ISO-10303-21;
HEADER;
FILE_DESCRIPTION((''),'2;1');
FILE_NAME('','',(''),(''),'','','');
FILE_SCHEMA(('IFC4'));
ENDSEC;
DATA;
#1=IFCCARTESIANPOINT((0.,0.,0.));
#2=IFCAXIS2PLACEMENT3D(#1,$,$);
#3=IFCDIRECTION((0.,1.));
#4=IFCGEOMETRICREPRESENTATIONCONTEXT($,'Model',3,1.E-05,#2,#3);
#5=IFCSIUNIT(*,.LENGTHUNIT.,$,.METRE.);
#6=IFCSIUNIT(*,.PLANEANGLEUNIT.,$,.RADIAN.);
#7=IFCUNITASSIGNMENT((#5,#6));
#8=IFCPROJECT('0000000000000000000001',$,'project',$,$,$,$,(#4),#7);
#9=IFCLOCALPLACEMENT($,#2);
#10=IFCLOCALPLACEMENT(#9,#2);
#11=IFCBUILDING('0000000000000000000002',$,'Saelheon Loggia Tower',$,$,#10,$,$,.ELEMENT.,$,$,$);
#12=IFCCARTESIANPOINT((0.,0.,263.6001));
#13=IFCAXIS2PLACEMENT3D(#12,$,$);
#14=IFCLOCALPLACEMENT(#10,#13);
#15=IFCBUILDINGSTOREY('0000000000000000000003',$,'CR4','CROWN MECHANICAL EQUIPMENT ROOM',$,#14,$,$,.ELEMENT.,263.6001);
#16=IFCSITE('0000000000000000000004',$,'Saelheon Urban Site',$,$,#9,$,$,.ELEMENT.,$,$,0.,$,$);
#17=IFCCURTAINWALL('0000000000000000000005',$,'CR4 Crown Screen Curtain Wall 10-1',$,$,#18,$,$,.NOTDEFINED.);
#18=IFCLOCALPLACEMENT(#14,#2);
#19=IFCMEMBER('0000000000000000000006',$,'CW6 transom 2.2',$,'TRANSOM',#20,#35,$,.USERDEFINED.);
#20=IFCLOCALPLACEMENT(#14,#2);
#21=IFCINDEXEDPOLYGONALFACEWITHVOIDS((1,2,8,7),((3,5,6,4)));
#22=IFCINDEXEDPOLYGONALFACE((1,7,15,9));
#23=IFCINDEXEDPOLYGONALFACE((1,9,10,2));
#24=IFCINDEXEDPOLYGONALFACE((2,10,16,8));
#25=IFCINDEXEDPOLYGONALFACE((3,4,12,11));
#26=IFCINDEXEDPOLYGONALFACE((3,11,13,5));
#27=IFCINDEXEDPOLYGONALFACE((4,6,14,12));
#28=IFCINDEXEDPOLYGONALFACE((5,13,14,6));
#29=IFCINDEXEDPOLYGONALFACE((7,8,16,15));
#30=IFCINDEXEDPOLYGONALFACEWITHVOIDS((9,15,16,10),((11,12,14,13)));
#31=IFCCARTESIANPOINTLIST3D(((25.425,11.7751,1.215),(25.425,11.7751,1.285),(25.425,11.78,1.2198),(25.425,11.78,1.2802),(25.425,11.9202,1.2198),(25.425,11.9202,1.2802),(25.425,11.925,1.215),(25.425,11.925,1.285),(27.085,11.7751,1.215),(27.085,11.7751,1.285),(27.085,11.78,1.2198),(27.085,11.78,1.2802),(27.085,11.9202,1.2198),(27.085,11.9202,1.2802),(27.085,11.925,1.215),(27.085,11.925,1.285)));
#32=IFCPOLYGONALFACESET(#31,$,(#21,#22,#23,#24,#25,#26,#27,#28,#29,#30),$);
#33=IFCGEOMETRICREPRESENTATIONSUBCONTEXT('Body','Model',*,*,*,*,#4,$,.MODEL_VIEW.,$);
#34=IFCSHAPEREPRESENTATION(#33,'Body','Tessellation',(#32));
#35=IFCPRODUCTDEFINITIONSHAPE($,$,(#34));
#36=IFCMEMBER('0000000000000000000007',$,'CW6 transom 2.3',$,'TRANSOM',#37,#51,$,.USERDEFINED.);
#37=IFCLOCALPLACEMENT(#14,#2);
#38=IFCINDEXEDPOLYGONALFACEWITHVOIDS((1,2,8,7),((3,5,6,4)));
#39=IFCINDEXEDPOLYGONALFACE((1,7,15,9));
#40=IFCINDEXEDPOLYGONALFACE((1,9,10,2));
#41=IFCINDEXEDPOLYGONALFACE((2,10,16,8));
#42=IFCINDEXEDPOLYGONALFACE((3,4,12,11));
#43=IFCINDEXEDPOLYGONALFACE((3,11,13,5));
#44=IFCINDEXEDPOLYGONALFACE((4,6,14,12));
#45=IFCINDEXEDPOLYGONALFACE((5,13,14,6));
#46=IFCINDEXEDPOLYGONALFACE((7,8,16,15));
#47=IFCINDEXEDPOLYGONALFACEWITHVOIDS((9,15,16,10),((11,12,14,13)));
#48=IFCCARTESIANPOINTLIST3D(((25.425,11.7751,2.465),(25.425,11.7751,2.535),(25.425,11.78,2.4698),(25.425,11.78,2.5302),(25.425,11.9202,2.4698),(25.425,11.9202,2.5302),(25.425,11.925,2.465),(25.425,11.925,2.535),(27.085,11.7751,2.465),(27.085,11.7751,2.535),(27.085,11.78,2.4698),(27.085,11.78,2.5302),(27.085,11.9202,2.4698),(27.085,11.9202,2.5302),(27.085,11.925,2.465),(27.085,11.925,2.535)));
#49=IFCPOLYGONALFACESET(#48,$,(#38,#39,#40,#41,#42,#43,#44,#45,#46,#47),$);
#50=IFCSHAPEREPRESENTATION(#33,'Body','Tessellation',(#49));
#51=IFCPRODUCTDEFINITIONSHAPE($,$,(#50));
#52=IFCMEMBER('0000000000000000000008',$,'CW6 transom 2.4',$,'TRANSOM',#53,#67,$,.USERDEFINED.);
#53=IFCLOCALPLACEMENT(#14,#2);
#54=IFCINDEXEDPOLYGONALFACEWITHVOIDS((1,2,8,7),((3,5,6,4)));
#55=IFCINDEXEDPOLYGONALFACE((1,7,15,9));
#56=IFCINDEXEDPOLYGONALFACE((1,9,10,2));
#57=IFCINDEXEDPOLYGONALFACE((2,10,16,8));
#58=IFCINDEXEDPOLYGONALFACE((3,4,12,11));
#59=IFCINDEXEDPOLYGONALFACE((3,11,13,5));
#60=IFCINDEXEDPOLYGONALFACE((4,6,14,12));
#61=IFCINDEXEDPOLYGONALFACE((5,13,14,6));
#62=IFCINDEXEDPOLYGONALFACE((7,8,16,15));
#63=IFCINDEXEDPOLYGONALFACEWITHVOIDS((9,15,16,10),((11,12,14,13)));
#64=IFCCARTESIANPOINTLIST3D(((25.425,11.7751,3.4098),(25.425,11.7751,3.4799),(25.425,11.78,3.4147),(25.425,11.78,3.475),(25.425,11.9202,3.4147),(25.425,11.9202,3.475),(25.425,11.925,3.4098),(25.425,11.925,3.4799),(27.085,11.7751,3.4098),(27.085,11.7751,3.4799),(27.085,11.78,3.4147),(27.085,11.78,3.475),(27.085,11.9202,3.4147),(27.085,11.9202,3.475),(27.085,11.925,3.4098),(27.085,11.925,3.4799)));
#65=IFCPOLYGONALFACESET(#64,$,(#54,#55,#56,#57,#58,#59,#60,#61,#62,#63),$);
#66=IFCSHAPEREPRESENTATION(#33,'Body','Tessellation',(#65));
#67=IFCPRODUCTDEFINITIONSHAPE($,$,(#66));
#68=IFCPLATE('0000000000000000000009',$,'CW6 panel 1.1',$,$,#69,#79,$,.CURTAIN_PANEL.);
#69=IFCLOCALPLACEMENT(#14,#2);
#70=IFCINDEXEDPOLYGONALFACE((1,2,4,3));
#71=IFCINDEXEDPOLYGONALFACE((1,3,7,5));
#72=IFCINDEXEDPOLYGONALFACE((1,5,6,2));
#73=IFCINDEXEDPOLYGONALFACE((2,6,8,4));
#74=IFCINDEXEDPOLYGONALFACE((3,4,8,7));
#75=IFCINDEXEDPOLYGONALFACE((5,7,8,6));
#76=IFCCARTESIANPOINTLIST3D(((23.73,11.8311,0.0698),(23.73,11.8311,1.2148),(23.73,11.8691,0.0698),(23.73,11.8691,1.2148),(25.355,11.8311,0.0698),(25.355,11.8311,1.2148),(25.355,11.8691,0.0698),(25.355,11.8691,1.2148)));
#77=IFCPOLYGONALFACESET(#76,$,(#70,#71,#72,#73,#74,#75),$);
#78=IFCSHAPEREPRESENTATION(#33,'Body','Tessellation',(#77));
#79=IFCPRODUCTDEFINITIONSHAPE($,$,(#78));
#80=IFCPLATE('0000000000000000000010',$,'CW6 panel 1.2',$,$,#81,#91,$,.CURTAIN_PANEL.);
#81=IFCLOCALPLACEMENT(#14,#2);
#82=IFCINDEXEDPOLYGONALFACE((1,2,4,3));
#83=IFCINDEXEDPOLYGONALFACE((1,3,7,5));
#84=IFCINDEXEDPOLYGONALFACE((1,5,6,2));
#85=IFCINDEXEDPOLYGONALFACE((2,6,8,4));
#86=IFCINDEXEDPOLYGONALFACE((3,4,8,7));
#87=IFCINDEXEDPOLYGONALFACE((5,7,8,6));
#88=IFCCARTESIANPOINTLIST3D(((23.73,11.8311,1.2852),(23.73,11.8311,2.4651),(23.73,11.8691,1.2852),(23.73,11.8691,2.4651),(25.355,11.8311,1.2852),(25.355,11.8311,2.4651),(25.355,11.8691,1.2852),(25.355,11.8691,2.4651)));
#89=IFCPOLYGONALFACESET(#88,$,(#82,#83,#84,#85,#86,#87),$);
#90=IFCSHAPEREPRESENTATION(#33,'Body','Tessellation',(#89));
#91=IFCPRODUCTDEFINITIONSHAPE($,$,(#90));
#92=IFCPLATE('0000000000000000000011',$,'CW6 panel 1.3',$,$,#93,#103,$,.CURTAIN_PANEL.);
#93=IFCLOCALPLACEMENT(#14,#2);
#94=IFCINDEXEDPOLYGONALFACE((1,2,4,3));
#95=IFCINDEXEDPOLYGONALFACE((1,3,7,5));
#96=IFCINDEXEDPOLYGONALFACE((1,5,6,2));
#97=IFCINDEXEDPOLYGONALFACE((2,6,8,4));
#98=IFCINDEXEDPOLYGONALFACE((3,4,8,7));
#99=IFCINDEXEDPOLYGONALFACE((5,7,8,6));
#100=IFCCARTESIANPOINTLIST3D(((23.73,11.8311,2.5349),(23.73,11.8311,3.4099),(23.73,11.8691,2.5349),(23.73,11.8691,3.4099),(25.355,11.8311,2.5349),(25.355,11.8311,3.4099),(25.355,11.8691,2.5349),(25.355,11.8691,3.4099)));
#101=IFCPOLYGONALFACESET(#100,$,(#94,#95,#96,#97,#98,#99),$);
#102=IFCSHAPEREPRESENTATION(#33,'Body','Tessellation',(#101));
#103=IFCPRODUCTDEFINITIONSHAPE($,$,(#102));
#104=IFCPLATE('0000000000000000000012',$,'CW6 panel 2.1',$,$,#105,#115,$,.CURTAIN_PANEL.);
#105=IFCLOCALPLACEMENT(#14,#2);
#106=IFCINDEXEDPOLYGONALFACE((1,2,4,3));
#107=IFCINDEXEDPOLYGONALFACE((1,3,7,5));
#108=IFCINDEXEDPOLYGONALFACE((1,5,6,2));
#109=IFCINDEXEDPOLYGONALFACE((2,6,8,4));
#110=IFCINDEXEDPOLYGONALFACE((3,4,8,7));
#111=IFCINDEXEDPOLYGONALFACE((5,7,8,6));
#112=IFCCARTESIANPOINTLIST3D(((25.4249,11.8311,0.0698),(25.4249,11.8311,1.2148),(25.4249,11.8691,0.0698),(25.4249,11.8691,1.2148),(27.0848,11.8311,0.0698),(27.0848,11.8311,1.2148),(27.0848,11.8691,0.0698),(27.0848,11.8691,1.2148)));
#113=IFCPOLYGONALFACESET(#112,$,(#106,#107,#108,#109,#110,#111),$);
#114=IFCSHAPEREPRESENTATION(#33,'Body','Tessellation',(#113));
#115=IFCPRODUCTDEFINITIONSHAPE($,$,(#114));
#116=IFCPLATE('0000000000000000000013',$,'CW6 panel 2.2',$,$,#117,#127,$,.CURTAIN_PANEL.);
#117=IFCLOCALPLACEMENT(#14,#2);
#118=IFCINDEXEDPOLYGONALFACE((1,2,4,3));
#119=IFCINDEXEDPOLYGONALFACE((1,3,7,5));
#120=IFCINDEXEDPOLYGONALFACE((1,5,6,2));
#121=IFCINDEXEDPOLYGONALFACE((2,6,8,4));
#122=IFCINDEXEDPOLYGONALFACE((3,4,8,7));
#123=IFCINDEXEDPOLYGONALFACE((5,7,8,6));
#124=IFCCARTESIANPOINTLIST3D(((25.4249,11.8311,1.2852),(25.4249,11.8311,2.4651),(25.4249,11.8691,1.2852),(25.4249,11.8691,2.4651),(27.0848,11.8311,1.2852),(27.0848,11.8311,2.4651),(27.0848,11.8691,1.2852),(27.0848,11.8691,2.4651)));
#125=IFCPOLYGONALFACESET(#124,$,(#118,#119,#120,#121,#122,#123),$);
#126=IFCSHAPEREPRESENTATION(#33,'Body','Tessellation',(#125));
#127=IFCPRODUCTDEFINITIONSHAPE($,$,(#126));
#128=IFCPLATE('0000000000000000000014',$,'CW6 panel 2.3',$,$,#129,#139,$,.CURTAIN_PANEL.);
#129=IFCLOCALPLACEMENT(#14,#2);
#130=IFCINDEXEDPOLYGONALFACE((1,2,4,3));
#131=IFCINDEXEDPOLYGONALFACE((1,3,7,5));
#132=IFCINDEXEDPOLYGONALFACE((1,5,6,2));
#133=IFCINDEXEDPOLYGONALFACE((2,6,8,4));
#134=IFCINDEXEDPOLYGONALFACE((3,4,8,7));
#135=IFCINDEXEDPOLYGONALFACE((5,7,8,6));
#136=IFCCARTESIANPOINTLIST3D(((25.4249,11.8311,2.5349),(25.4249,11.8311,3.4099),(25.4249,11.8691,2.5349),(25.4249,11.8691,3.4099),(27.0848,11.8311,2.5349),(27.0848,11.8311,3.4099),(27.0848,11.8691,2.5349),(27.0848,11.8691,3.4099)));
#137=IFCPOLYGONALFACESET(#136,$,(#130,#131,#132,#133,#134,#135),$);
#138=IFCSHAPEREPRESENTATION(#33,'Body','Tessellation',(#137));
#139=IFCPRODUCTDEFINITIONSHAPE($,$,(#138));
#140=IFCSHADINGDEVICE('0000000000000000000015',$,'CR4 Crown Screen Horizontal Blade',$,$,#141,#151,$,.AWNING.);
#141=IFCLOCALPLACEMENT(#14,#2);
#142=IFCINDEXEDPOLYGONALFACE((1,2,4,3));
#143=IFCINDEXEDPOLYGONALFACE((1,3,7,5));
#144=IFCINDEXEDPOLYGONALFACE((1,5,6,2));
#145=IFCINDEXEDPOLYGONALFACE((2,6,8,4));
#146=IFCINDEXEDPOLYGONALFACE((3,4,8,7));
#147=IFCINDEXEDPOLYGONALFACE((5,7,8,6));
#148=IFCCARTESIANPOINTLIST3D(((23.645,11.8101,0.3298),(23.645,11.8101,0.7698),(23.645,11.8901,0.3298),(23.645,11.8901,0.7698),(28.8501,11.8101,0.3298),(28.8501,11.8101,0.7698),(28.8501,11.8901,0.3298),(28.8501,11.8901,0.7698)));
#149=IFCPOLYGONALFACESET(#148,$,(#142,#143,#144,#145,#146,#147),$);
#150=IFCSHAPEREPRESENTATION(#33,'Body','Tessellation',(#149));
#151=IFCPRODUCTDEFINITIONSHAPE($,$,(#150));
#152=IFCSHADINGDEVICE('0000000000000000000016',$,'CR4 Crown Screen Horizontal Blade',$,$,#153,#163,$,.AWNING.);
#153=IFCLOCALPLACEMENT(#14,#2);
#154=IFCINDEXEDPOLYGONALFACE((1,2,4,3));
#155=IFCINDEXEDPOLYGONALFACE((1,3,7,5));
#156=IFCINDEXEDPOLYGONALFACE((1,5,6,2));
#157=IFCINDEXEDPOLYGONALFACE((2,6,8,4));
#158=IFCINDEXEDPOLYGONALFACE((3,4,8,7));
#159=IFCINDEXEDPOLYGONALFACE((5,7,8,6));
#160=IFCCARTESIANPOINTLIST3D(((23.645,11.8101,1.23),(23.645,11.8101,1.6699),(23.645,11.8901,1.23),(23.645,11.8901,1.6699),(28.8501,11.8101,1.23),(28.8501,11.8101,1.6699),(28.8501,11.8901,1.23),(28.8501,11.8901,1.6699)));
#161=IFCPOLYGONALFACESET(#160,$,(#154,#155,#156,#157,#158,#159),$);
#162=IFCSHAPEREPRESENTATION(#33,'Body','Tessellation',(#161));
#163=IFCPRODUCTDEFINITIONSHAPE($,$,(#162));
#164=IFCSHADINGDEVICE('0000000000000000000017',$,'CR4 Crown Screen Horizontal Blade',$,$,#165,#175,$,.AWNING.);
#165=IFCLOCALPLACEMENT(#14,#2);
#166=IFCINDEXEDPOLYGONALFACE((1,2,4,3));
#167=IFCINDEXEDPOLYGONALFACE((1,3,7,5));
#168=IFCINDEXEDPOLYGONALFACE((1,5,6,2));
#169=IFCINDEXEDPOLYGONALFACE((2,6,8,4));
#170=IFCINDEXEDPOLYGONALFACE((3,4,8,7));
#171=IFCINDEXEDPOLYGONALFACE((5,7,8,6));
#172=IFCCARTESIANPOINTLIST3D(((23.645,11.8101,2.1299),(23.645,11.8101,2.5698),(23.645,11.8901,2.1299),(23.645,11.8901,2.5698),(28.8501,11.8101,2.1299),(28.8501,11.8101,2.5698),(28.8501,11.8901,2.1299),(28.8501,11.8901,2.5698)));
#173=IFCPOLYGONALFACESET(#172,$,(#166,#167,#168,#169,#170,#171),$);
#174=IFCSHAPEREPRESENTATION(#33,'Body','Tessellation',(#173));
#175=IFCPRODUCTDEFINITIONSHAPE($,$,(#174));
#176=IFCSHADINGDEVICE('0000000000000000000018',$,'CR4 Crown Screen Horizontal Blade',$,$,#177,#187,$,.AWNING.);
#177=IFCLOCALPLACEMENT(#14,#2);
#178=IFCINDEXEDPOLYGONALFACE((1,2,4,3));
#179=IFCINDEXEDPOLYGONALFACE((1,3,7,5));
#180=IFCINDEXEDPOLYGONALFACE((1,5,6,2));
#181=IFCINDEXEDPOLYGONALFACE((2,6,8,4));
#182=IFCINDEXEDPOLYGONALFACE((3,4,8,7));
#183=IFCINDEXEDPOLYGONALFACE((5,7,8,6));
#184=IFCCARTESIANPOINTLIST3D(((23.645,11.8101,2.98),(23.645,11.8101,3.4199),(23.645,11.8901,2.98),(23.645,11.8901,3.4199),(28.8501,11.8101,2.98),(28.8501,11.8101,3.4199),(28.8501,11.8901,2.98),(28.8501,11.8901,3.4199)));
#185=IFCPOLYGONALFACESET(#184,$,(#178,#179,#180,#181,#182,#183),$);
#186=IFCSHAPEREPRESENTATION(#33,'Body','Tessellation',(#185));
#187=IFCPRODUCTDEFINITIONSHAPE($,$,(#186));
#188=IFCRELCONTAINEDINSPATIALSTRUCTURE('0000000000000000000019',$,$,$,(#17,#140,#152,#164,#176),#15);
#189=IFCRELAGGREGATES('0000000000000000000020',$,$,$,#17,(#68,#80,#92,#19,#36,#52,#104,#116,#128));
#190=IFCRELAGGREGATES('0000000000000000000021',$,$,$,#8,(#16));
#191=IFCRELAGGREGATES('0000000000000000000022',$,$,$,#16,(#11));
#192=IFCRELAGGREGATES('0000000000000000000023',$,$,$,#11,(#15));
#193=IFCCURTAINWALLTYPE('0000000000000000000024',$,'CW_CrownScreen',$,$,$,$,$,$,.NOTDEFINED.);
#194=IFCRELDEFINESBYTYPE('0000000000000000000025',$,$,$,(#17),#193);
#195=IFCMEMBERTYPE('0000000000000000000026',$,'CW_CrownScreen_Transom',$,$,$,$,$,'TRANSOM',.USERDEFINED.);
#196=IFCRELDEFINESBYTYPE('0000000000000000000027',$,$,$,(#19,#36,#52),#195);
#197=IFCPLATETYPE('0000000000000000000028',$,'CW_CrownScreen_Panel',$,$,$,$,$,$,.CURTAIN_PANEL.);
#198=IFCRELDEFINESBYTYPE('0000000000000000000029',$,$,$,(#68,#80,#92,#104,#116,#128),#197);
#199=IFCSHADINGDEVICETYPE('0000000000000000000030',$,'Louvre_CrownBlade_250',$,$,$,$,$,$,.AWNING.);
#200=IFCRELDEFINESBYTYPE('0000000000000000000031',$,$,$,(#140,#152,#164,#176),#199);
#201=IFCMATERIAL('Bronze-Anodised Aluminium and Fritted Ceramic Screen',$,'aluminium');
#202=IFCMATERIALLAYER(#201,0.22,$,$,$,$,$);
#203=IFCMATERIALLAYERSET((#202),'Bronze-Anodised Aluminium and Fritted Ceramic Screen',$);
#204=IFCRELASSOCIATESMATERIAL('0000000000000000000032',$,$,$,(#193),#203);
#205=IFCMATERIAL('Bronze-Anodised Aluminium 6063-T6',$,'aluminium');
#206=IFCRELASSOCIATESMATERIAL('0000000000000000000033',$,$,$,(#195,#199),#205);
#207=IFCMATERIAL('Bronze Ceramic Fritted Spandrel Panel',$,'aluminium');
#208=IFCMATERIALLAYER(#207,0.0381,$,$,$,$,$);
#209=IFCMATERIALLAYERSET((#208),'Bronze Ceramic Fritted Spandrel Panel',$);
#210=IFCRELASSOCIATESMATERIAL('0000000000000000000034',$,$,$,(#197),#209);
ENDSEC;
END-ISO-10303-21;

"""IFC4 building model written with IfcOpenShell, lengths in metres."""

from ifc_helpers import new_model, si_unit, direction, frame, origin, origin_2d, place, context, subcontext, project, spatial, rectangle, hollow_rectangle, extrude, source, transform, mapped, material, layer, layer_set, material_profile, profile_set, type_object, element, aggregate, save


model = new_model("IFC4")

# Units and contexts
model_context = context("Model", 3, precision=1e-05, world=origin(), true_north=direction((0.0, 1.0)))
body_context = subcontext(model_context, "Body", "Model", "MODEL_VIEW")
ifc_project = project(units=[si_unit("LENGTHUNIT", "METRE"), si_unit("PLANEANGLEUNIT", "RADIAN")], contexts=[model_context])

# Site, building, storey
site_placement = place(None, origin())
site = spatial("IfcSite", under=ifc_project, at=site_placement, Name="Saelheon Urban Site", CompositionType="ELEMENT", RefElevation=0.0)
building_placement = place(site_placement, origin())
building = spatial("IfcBuilding", under=site, at=building_placement, Name="Saelheon Loggia Tower", CompositionType="ELEMENT")
storey_placement = place(building_placement, frame((0.0, 0.0, 263.6001)))
storey = spatial("IfcBuildingStorey", under=building, at=storey_placement, Name="CR4", Description="CROWN MECHANICAL EQUIPMENT ROOM", CompositionType="ELEMENT", Elevation=263.6001)

# Curtain wall, members, plates
ifc_material_1 = material(Name="Bronze-Anodised Aluminium and Fritted Ceramic Screen", Category="aluminium")
ifc_layer_1 = layer(ifc_material_1, 0.22)
ifc_layer_set_1 = layer_set([ifc_layer_1], Name="Bronze-Anodised Aluminium and Fritted Ceramic Screen")
curtain_wall_type = type_object("IfcCurtainWallType", Name="CW_CrownScreen", PredefinedType="NOTDEFINED", material=ifc_layer_set_1)
curtain_wall_placement = place(storey_placement, origin())
curtain_wall = element("IfcCurtainWall", 1, at=curtain_wall_placement, inside=storey, type_object=curtain_wall_type, Name="CR4 Crown Screen Curtain Wall 10-1", PredefinedType="NOTDEFINED")
ifc_material_2 = material(Name="Bronze-Anodised Aluminium 6063-T6", Category="aluminium")
ifc_material_profile_1 = material_profile(ifc_material_2, hollow_rectangle(XDim=0.0701, YDim=0.1499, WallThickness=0.0049, at=origin_2d()), Name="RHS-150x70x5")
ifc_profile_set_1 = profile_set([ifc_material_profile_1], Name="Bronze-Anodised Aluminium 6063-T6")
member_type_1 = type_object("IfcMemberType", Name="CW_CrownScreen_Transom", ElementType="TRANSOM", PredefinedType="USERDEFINED", material=ifc_profile_set_1)
shared_shape_1 = source(origin(), body_context, "Body", "SweptSolid", [
    extrude(hollow_rectangle(XDim=0.0701, YDim=0.1499, WallThickness=0.0049, at=origin_2d()), origin(), (0.0, 0.0, 1.0), 1.6599),
])
member_1_placement = place(storey_placement, frame((25.425, 11.8501, 1.25), z_axis=(1.0, 0.0, 0.0), x_axis=(0.0, 0.0, 1.0)))
member_1 = element("IfcMember", 2, at=member_1_placement, type_object=member_type_1, Name="CW6 transom 2.2", ObjectType="TRANSOM", PredefinedType="USERDEFINED", context=body_context, shape_type="MappedRepresentation", body=[
    mapped(shared_shape_1, transform((0.0, 0.0, 0.0), scale=1.0)),
])
member_2_placement = place(storey_placement, frame((25.425, 11.8501, 2.5), z_axis=(1.0, 0.0, 0.0), x_axis=(0.0, 0.0, 1.0)))
member_2 = element("IfcMember", 3, at=member_2_placement, type_object=member_type_1, Name="CW6 transom 2.3", ObjectType="TRANSOM", PredefinedType="USERDEFINED", context=body_context, shape_type="MappedRepresentation", body=[
    mapped(shared_shape_1, transform((0.0, 0.0, 0.0), scale=1.0)),
])
member_3_placement = place(storey_placement, frame((25.425, 11.8501, 3.4448), z_axis=(1.0, 0.0, 0.0), x_axis=(0.0, 0.0, 1.0)))
member_3 = element("IfcMember", 4, at=member_3_placement, type_object=member_type_1, Name="CW6 transom 2.4", ObjectType="TRANSOM", PredefinedType="USERDEFINED", context=body_context, shape_type="MappedRepresentation", body=[
    mapped(shared_shape_1, transform((0.0, 0.0, 0.0), scale=1.0)),
])
ifc_material_3 = material(Name="Bronze Ceramic Fritted Spandrel Panel", Category="aluminium")
ifc_layer_2 = layer(ifc_material_3, 0.0381)
ifc_layer_set_2 = layer_set([ifc_layer_2], Name="Bronze Ceramic Fritted Spandrel Panel")
plate_type = type_object("IfcPlateType", Name="CW_CrownScreen_Panel", PredefinedType="CURTAIN_PANEL", material=ifc_layer_set_2)
shared_shape_2 = source(origin(), body_context, "Body", "SweptSolid", [
    extrude(rectangle(XDim=1.625, YDim=0.0381, at=origin_2d()), origin(), (0.0, 0.0, 1.0), 1.145),
])
plate_1_placement = place(storey_placement, frame((24.5425, 11.8501, 0.0698), z_axis=(0.0, 0.0, 1.0), x_axis=(1.0, 0.0, 0.0)))
plate_1 = element("IfcPlate", 5, at=plate_1_placement, type_object=plate_type, Name="CW6 panel 1.1", PredefinedType="CURTAIN_PANEL", context=body_context, shape_type="MappedRepresentation", body=[
    mapped(shared_shape_2, transform((0.0, 0.0, 0.0), scale=1.0)),
])
shared_shape_3 = source(origin(), body_context, "Body", "SweptSolid", [
    extrude(rectangle(XDim=1.625, YDim=0.0381, at=origin_2d()), origin(), (0.0, 0.0, 1.0), 1.1799),
])
plate_2_placement = place(storey_placement, frame((24.5425, 11.8501, 1.2852), z_axis=(0.0, 0.0, 1.0), x_axis=(1.0, 0.0, 0.0)))
plate_2 = element("IfcPlate", 6, at=plate_2_placement, type_object=plate_type, Name="CW6 panel 1.2", PredefinedType="CURTAIN_PANEL", context=body_context, shape_type="MappedRepresentation", body=[
    mapped(shared_shape_3, transform((0.0, 0.0, 0.0), scale=1.0)),
])
shared_shape_4 = source(origin(), body_context, "Body", "SweptSolid", [
    extrude(rectangle(XDim=1.625, YDim=0.0381, at=origin_2d()), origin(), (0.0, 0.0, 1.0), 0.875),
])
plate_3_placement = place(storey_placement, frame((24.5425, 11.8501, 2.5349), z_axis=(0.0, 0.0, 1.0), x_axis=(1.0, 0.0, 0.0)))
plate_3 = element("IfcPlate", 7, at=plate_3_placement, type_object=plate_type, Name="CW6 panel 1.3", PredefinedType="CURTAIN_PANEL", context=body_context, shape_type="MappedRepresentation", body=[
    mapped(shared_shape_4, transform((0.0, 0.0, 0.0), scale=1.0)),
])
shared_shape_5 = source(origin(), body_context, "Body", "SweptSolid", [
    extrude(rectangle(XDim=1.6599, YDim=0.0381, at=origin_2d()), origin(), (0.0, 0.0, 1.0), 1.145),
])
plate_4_placement = place(storey_placement, frame((26.2549, 11.8501, 0.0698), z_axis=(0.0, 0.0, 1.0), x_axis=(1.0, 0.0, 0.0)))
plate_4 = element("IfcPlate", 8, at=plate_4_placement, type_object=plate_type, Name="CW6 panel 2.1", PredefinedType="CURTAIN_PANEL", context=body_context, shape_type="MappedRepresentation", body=[
    mapped(shared_shape_5, transform((0.0, 0.0, 0.0), scale=1.0)),
])
shared_shape_6 = source(origin(), body_context, "Body", "SweptSolid", [
    extrude(rectangle(XDim=1.6599, YDim=0.0381, at=origin_2d()), origin(), (0.0, 0.0, 1.0), 1.1799),
])
plate_5_placement = place(storey_placement, frame((26.2549, 11.8501, 1.2852), z_axis=(0.0, 0.0, 1.0), x_axis=(1.0, 0.0, 0.0)))
plate_5 = element("IfcPlate", 9, at=plate_5_placement, type_object=plate_type, Name="CW6 panel 2.2", PredefinedType="CURTAIN_PANEL", context=body_context, shape_type="MappedRepresentation", body=[
    mapped(shared_shape_6, transform((0.0, 0.0, 0.0), scale=1.0)),
])
shared_shape_7 = source(origin(), body_context, "Body", "SweptSolid", [
    extrude(rectangle(XDim=1.6599, YDim=0.0381, at=origin_2d()), origin(), (0.0, 0.0, 1.0), 0.875),
])
plate_6_placement = place(storey_placement, frame((26.2549, 11.8501, 2.5349), z_axis=(0.0, 0.0, 1.0), x_axis=(1.0, 0.0, 0.0)))
plate_6 = element("IfcPlate", 10, at=plate_6_placement, type_object=plate_type, Name="CW6 panel 2.3", PredefinedType="CURTAIN_PANEL", context=body_context, shape_type="MappedRepresentation", body=[
    mapped(shared_shape_7, transform((0.0, 0.0, 0.0), scale=1.0)),
])
aggregate(curtain_wall, [plate_1, plate_2, plate_3, member_1, member_2, member_3, plate_4, plate_5, plate_6])

# Shading devices
ifc_material_profile_2 = material_profile(ifc_material_2, rectangle(XDim=0.0801, YDim=0.4399, at=origin_2d()), Name="Louvre_CrownBlade_250")
ifc_profile_set_2 = profile_set([ifc_material_profile_2], Name="Bronze-Anodised Aluminium 6063-T6")
shading_device_type = type_object("IfcShadingDeviceType", Name="Louvre_CrownBlade_250", PredefinedType="AWNING", material=ifc_profile_set_2)
shared_shape_8 = source(origin(), body_context, "Body", "SweptSolid", [
    extrude(rectangle(XDim=0.0801, YDim=0.4399, at=origin_2d()), origin(), (0.0, 0.0, 1.0), 5.2051),
])
for number, where, z_axis, x_axis, name in (
    (11, (23.645, 11.8501, 0.5498), (1.0, 0.0, 0.0), (0.0, 1.0, 0.0), "CR4 Crown Screen Horizontal Blade"),
    (12, (23.645, 11.8501, 1.45), (1.0, 0.0, 0.0), (0.0, 1.0, 0.0), "CR4 Crown Screen Horizontal Blade"),
    (13, (23.645, 11.8501, 2.3499), (1.0, 0.0, 0.0), (0.0, 1.0, 0.0), "CR4 Crown Screen Horizontal Blade"),
    (14, (23.645, 11.8501, 3.2), (1.0, 0.0, 0.0), (0.0, 1.0, 0.0), "CR4 Crown Screen Horizontal Blade"),
):
    element("IfcShadingDevice", number, at=place(storey_placement, frame(where, z_axis=z_axis, x_axis=x_axis)), inside=storey, type_object=shading_device_type, Name=name, PredefinedType="AWNING", context=body_context, shape_type="MappedRepresentation", body=[
        mapped(shared_shape_8, transform((0.0, 0.0, 0.0), scale=1.0)),
    ])

save(model, "model.ifc")
